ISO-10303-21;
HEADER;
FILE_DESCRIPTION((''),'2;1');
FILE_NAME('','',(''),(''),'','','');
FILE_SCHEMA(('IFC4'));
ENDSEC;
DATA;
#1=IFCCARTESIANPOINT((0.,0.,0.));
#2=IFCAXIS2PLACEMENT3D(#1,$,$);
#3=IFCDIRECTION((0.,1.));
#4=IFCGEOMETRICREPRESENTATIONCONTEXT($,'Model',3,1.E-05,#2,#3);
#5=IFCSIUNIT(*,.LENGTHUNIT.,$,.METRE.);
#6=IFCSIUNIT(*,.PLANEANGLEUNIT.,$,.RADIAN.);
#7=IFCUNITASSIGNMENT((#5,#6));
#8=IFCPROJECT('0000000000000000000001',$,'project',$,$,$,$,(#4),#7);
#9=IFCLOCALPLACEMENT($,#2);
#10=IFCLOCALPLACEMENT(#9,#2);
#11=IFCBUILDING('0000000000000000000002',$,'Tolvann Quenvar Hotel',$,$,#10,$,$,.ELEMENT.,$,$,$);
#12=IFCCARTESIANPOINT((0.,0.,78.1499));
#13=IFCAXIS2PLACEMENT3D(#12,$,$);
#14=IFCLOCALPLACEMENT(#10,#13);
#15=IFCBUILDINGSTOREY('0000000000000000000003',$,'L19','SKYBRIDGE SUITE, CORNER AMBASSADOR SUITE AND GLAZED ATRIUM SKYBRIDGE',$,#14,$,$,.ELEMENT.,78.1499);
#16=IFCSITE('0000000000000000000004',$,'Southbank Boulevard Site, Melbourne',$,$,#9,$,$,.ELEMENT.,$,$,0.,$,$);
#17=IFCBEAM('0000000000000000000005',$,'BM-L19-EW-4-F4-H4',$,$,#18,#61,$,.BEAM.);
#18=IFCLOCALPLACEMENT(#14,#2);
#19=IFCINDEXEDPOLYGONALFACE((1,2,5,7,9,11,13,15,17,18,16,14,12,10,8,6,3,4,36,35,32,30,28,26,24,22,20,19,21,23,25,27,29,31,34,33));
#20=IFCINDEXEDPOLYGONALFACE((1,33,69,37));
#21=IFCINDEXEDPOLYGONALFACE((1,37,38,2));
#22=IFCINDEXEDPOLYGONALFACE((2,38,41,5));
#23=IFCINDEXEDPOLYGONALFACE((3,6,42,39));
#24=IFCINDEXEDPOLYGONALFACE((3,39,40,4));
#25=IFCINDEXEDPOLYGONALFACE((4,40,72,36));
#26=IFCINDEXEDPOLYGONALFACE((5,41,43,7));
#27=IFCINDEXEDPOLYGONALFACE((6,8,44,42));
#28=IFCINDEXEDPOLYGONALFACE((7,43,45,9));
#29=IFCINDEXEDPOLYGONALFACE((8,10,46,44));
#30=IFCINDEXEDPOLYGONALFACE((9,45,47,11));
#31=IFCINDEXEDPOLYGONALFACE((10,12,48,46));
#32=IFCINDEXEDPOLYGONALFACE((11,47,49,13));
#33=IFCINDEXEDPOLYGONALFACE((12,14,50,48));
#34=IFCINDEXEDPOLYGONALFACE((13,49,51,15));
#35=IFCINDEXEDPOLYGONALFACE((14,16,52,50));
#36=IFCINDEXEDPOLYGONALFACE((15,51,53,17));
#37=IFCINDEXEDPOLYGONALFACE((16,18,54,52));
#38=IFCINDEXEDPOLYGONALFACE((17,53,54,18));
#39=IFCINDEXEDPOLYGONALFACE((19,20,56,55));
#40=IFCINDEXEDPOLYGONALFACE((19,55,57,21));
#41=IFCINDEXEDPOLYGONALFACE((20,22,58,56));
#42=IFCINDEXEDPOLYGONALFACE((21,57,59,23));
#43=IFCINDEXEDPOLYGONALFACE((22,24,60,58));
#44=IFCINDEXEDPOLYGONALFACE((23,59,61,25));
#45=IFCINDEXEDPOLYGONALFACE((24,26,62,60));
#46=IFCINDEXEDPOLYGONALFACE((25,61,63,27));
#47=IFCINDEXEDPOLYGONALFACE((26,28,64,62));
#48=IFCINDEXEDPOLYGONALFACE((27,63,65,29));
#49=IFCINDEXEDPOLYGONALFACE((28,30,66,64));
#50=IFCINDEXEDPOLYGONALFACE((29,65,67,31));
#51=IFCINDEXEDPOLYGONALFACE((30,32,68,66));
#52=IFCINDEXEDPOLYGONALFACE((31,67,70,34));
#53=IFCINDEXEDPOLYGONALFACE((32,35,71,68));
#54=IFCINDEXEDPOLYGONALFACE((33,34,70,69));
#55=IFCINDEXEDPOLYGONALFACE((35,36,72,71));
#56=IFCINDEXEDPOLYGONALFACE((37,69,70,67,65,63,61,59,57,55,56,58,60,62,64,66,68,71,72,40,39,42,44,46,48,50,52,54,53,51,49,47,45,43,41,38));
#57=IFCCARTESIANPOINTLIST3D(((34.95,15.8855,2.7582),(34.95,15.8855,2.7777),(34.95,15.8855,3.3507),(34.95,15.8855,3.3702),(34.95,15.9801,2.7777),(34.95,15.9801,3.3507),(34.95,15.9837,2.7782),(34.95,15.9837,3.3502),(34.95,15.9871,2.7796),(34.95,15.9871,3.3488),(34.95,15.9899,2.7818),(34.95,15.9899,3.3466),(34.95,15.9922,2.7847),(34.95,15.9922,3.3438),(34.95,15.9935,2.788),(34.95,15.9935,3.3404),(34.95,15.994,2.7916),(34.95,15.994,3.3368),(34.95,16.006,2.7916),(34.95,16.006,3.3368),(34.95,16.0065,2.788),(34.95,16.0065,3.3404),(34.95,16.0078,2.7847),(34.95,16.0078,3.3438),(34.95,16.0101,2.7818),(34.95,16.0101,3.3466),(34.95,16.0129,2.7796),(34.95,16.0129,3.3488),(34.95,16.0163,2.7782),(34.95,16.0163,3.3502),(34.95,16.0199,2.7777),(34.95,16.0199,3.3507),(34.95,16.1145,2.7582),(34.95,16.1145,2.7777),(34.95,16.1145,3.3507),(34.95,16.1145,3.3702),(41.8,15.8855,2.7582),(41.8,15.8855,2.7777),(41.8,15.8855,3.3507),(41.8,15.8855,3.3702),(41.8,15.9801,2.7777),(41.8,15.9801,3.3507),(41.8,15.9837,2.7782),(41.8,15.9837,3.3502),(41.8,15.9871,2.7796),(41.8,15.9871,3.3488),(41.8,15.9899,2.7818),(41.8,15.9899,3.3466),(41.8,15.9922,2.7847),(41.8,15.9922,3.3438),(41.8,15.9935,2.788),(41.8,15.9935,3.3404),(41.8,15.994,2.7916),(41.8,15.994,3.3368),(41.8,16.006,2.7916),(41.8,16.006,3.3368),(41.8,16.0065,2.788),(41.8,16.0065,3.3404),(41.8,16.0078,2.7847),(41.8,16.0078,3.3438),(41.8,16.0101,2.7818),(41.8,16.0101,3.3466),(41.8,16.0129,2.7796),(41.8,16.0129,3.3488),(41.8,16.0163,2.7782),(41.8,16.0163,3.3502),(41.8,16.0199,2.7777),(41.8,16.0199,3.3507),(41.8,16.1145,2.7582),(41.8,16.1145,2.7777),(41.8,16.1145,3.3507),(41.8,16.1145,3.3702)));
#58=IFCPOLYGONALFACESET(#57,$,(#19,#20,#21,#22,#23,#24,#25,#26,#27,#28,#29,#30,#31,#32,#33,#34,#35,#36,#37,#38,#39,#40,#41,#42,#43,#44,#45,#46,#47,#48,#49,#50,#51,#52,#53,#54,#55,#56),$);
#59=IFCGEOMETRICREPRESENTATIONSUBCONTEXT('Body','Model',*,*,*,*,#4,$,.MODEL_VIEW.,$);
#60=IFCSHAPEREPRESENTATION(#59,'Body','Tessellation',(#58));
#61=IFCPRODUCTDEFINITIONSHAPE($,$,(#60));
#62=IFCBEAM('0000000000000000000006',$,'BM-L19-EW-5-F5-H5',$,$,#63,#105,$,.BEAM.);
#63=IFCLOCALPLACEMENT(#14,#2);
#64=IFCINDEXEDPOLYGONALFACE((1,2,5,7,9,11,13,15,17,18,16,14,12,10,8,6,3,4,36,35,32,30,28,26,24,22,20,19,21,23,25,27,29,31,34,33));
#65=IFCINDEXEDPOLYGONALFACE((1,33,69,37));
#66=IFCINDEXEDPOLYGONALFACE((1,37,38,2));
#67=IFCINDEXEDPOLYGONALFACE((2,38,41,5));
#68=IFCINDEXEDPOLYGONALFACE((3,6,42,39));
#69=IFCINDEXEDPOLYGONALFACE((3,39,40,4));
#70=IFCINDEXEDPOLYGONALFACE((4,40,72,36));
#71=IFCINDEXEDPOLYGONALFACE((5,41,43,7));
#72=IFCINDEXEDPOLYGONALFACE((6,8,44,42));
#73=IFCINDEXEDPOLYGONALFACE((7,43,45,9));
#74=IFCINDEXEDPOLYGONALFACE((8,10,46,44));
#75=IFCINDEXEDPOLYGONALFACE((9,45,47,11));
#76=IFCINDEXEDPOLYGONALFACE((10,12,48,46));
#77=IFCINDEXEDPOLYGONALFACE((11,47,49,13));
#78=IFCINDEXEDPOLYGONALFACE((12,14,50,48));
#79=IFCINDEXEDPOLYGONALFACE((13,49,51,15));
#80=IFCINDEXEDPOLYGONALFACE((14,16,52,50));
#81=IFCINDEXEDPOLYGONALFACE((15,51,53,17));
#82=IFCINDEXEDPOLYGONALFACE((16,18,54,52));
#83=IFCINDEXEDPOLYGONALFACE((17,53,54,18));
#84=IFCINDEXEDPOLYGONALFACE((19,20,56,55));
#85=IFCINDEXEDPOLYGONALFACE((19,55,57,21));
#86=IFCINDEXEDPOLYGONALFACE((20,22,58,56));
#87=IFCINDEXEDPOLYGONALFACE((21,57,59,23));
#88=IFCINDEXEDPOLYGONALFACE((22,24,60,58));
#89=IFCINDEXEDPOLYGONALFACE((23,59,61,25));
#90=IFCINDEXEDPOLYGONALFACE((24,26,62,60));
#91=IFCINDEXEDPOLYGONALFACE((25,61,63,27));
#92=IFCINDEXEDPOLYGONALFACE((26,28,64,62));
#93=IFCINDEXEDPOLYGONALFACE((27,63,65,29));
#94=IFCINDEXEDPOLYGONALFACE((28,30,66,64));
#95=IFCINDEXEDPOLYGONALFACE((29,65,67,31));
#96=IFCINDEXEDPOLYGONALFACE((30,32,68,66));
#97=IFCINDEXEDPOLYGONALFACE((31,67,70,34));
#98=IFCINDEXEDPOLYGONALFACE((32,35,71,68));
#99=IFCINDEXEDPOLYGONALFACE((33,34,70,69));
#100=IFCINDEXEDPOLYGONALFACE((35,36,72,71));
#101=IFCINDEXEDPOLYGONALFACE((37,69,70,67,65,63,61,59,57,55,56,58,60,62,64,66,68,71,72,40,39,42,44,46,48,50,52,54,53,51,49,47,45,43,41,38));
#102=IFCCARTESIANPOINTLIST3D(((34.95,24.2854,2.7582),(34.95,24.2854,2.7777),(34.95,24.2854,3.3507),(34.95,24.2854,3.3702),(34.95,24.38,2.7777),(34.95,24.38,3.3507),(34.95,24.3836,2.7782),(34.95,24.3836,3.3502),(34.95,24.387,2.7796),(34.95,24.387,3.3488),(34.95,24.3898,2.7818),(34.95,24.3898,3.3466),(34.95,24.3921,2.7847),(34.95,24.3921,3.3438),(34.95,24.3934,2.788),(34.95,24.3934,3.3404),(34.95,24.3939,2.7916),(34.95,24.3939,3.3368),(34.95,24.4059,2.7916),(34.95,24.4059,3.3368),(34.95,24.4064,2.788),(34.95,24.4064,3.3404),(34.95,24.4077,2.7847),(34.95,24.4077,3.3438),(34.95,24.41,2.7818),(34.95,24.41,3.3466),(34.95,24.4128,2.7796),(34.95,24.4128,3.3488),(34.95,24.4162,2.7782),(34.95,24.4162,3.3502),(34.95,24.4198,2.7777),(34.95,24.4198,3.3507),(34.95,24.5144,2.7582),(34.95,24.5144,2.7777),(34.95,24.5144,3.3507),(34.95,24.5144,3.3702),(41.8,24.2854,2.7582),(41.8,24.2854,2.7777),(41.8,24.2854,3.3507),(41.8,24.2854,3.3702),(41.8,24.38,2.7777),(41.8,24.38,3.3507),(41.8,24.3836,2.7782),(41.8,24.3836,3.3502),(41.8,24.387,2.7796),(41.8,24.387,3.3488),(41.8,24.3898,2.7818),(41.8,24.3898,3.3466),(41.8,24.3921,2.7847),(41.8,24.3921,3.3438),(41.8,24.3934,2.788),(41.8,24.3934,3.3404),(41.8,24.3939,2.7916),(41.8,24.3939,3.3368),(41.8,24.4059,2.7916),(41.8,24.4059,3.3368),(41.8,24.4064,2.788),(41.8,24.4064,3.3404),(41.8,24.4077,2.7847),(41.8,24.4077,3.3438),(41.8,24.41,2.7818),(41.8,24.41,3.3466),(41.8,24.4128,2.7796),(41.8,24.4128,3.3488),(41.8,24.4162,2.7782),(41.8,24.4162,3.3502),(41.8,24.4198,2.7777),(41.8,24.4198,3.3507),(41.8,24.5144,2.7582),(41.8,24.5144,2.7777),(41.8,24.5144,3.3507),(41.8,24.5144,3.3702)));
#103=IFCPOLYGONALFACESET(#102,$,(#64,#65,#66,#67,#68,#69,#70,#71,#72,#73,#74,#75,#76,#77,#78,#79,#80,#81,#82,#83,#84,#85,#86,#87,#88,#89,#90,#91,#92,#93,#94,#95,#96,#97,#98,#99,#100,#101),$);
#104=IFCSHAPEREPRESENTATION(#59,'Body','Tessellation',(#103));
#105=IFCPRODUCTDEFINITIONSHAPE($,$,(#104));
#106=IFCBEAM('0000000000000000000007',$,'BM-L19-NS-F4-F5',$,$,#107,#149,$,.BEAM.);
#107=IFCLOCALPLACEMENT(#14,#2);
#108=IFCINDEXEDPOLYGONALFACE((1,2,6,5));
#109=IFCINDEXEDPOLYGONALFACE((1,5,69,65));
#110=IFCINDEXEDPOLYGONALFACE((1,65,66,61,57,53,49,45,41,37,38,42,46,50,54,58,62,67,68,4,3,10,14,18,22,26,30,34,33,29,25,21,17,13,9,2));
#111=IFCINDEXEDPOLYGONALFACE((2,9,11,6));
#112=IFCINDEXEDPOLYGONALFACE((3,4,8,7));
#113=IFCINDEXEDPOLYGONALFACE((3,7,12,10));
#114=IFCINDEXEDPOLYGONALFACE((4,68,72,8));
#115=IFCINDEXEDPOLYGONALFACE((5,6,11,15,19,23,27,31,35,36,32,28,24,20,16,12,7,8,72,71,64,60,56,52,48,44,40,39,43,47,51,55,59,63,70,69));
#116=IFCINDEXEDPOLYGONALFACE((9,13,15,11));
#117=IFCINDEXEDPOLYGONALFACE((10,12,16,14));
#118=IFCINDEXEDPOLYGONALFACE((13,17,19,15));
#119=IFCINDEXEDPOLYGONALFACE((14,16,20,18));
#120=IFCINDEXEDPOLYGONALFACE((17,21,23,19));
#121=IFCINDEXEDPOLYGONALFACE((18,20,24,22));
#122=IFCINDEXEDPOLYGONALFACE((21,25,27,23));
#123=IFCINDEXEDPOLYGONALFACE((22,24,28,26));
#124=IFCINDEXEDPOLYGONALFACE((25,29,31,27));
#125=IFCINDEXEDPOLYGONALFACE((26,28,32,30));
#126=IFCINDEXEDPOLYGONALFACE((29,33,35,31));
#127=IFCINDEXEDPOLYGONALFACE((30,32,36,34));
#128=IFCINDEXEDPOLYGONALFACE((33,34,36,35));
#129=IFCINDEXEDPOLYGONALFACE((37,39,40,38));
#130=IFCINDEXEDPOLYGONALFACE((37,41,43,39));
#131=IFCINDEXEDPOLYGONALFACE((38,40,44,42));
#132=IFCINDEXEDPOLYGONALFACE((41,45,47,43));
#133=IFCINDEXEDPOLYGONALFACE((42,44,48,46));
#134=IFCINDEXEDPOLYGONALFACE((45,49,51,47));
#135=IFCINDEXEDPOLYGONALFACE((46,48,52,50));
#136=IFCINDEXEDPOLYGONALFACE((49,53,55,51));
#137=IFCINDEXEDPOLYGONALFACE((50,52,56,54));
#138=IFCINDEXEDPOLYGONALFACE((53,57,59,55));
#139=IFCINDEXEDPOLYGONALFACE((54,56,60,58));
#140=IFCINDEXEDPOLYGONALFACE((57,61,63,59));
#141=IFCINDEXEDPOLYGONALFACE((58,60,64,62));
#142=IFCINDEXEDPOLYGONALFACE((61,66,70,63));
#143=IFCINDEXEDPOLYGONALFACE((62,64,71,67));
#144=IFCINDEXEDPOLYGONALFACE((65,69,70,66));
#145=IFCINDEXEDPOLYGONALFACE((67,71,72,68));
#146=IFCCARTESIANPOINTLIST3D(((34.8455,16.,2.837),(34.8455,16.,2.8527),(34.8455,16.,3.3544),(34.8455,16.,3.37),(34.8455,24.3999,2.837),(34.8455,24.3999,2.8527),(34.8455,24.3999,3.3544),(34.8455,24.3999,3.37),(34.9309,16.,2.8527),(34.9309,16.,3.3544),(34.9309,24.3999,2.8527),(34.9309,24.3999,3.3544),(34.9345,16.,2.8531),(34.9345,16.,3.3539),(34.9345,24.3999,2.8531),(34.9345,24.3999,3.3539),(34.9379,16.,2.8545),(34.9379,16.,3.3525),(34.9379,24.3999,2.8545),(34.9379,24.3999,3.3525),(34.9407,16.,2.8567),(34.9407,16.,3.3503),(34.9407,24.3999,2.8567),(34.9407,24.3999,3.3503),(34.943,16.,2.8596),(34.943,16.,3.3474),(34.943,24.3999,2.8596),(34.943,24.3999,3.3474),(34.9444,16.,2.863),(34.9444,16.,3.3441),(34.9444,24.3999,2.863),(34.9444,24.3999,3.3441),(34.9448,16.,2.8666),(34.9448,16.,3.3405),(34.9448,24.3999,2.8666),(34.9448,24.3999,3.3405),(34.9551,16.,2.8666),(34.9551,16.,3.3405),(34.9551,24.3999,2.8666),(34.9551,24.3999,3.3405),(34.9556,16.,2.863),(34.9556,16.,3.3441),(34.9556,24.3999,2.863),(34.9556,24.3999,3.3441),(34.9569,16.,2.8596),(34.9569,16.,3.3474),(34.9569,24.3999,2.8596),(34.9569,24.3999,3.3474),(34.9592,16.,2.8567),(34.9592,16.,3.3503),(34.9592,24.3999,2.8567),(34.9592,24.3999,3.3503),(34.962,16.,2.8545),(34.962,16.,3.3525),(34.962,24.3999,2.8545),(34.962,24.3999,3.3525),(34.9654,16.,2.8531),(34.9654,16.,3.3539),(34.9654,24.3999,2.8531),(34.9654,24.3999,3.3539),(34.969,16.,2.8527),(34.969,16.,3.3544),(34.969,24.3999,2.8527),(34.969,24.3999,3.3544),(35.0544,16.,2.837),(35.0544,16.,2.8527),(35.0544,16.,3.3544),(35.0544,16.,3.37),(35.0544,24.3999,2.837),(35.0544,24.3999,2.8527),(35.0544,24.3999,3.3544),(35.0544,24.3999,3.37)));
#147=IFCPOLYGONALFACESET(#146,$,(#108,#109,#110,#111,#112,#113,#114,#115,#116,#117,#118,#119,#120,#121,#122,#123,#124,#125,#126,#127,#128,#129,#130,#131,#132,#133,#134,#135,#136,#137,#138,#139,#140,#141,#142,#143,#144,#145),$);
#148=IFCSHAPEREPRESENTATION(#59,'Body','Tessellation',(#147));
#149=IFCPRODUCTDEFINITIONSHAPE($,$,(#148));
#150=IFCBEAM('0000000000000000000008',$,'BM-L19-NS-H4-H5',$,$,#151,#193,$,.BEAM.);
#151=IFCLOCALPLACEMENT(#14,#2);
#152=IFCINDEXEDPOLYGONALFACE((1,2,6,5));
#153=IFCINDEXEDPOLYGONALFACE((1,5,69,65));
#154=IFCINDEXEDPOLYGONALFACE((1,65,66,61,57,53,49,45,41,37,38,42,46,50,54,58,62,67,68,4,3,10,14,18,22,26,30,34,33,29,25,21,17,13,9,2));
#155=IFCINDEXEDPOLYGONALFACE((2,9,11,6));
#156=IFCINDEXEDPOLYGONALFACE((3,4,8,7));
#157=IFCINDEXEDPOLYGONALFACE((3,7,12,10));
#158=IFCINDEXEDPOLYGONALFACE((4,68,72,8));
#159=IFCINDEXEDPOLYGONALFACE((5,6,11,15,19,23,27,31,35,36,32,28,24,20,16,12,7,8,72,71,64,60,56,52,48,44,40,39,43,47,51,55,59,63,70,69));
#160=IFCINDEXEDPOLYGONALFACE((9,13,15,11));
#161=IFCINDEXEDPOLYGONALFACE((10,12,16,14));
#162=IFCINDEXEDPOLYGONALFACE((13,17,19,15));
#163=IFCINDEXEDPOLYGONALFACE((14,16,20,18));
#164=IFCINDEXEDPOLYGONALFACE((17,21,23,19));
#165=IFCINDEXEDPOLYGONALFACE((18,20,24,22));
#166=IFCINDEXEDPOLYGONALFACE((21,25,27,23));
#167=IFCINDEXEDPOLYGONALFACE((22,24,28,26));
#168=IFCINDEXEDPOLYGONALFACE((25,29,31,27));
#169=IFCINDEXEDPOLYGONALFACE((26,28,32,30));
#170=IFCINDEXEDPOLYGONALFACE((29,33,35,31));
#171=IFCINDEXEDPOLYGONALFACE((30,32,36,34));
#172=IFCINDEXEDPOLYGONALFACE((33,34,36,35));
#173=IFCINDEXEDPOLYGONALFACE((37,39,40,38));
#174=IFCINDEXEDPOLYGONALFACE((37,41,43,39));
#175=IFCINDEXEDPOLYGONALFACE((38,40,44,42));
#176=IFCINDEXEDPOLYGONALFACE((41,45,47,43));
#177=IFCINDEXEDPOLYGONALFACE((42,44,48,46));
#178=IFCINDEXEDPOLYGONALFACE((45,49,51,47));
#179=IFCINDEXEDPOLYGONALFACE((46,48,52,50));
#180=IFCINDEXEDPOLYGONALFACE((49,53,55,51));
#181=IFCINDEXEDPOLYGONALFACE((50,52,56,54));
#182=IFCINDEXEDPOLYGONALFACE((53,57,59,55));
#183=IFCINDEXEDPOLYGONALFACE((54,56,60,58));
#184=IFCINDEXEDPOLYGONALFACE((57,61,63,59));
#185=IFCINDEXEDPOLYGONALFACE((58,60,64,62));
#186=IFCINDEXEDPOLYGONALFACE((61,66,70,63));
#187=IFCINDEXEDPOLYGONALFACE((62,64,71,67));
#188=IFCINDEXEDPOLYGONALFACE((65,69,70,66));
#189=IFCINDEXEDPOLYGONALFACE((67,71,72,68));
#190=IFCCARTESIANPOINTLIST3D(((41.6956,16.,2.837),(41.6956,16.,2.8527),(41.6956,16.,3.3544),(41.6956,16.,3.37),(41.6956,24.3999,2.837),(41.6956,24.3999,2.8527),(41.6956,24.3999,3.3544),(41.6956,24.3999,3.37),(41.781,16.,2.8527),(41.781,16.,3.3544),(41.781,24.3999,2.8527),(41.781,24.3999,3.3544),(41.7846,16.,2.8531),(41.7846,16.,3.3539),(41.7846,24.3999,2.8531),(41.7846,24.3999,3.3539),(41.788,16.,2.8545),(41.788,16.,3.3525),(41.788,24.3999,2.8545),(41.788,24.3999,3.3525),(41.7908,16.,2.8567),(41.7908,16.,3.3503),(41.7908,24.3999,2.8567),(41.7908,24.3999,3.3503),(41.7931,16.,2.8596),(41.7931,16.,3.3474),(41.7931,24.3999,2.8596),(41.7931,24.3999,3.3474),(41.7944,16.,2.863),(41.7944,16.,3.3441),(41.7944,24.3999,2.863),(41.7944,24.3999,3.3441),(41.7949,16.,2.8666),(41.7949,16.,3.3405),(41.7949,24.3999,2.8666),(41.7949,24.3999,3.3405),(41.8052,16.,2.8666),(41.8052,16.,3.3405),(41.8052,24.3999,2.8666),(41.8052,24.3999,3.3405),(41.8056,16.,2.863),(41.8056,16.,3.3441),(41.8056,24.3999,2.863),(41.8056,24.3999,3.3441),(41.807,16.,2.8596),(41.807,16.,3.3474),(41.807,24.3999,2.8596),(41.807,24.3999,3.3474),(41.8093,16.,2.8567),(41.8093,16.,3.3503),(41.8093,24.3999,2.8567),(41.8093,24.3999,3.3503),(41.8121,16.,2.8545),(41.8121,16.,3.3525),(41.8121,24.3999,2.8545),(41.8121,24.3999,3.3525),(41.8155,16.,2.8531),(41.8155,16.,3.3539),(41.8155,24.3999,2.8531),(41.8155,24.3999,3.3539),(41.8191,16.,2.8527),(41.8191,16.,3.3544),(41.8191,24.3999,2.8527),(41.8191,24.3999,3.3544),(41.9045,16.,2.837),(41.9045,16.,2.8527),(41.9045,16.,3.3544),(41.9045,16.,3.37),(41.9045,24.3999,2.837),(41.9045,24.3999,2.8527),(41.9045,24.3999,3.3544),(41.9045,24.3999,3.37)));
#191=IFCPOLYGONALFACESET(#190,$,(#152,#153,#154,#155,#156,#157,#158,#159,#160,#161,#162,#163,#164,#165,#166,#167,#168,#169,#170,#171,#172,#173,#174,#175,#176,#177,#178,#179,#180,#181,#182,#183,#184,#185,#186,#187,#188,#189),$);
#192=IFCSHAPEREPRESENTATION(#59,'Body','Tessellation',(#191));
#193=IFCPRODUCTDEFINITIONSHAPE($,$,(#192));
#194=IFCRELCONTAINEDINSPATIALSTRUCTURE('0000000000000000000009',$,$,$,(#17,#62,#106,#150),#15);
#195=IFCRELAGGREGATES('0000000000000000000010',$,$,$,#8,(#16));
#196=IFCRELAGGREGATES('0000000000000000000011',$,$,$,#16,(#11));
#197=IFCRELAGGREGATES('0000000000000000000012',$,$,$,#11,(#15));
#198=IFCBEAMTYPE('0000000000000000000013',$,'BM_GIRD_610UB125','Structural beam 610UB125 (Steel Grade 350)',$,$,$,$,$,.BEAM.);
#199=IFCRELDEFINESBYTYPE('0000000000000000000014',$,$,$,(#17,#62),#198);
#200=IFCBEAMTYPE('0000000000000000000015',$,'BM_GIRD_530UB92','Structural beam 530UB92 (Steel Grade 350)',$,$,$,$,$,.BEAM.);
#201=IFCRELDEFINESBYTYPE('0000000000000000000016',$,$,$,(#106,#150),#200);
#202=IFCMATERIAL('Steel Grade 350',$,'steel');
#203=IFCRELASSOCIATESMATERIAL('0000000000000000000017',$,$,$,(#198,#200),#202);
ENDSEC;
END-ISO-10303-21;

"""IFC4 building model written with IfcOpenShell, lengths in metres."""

from ifc_helpers import new_model, si_unit, direction, frame, origin, origin_2d, place, context, subcontext, project, spatial, i_section, extrude, source, transform, mapped, material, material_profile, profile_set, type_object, type_shapes, element, save


model = new_model("IFC4")

# Units and contexts
model_context = context("Model", 3, precision=1e-05, world=origin(), true_north=direction((0.0, 1.0)))
body_context = subcontext(model_context, "Body", "Model", "MODEL_VIEW")
ifc_project = project(units=[si_unit("LENGTHUNIT", "METRE"), si_unit("PLANEANGLEUNIT", "RADIAN")], contexts=[model_context])

# Site, building, storey
site_placement = place(None, origin())
site = spatial("IfcSite", under=ifc_project, at=site_placement, Name="Southbank Boulevard Site, Melbourne", CompositionType="ELEMENT", RefElevation=0.0)
building_placement = place(site_placement, origin())
building = spatial("IfcBuilding", under=site, at=building_placement, Name="Tolvann Quenvar Hotel", CompositionType="ELEMENT")
storey_placement = place(building_placement, frame((0.0, 0.0, 78.1499)))
storey = spatial("IfcBuildingStorey", under=building, at=storey_placement, Name="L19", Description="SKYBRIDGE SUITE, CORNER AMBASSADOR SUITE AND GLAZED ATRIUM SKYBRIDGE", CompositionType="ELEMENT", Elevation=78.1499)

# Shared definitions
ifc_material_1 = material(Name="Steel Grade 350", Category="steel")

# Beams
ifc_material_profile_1 = material_profile(ifc_material_1, i_section(OverallWidth=0.229, OverallDepth=0.6121, WebThickness=0.012, FlangeThickness=0.0195, FilletRadius=0.0139, at=origin_2d()), Name="610UB125")
ifc_profile_set_1 = profile_set([ifc_material_profile_1], Name="Steel Grade 350")
beam_type_1 = type_object("IfcBeamType", Name="BM_GIRD_610UB125", Description="Structural beam 610UB125 (Steel Grade 350)", PredefinedType="BEAM", material=ifc_profile_set_1)
shared_shape_1 = source(origin(), body_context, "Body", "SweptSolid", [
    extrude(i_section(OverallWidth=0.229, OverallDepth=0.6121, WebThickness=0.012, FlangeThickness=0.0195, FilletRadius=0.0139, at=origin_2d()), origin(), (0.0, 0.0, 1.0), 6.8501),
])
for number, where, z_axis, x_axis, name in (
    (1, (34.95, 16.0, 3.0642), (1.0, 0.0, 0.0), (0.0, 1.0, 0.0), "BM-L19-EW-4-F4-H4"),
    (2, (34.95, 24.3999, 3.0642), (1.0, 0.0, 0.0), (0.0, 1.0, 0.0), "BM-L19-EW-5-F5-H5"),
):
    element("IfcBeam", number, at=place(storey_placement, frame(where, z_axis=z_axis, x_axis=x_axis)), inside=storey, type_object=beam_type_1, Name=name, PredefinedType="BEAM", context=body_context, shape_type="MappedRepresentation", body=[
        mapped(shared_shape_1, transform((0.0, 0.0, 0.0), x_axis=(1.0, 0.0, 0.0), y_axis=(0.0, 1.0, 0.0), z_axis=(0.0, 0.0, 1.0), scale=1.0)),
    ])
ifc_material_profile_2 = material_profile(ifc_material_1, i_section(OverallWidth=0.209, OverallDepth=0.533, WebThickness=0.0103, FlangeThickness=0.0156, FilletRadius=0.0139, at=origin_2d()), Name="530UB92")
ifc_profile_set_2 = profile_set([ifc_material_profile_2], Name="Steel Grade 350")
beam_type_2 = type_object("IfcBeamType", Name="BM_GIRD_530UB92", Description="Structural beam 530UB92 (Steel Grade 350)", PredefinedType="BEAM", material=ifc_profile_set_2)
shared_shape_2 = source(origin(), body_context, "Body", "SweptSolid", [
    extrude(i_section(OverallWidth=0.209, OverallDepth=0.533, WebThickness=0.0103, FlangeThickness=0.0156, FilletRadius=0.0139, at=origin_2d()), origin(), (0.0, 0.0, 1.0), 8.3999),
])
type_shapes(beam_type_2, [shared_shape_2])
for number, where, z_axis, x_axis, name in (
    (3, (34.95, 16.0, 3.1035), (0.0, 1.0, 0.0), (-1.0, 0.0, 0.0), "BM-L19-NS-F4-F5"),
    (4, (41.8, 16.0, 3.1035), (0.0, 1.0, 0.0), (-1.0, 0.0, 0.0), "BM-L19-NS-H4-H5"),
):
    element("IfcBeam", number, at=place(storey_placement, frame(where, z_axis=z_axis, x_axis=x_axis)), inside=storey, type_object=beam_type_2, Name=name, PredefinedType="BEAM", context=body_context, shape_type="MappedRepresentation", body=[
        mapped(shared_shape_2, transform((0.0, 0.0, 0.0), x_axis=(1.0, 0.0, 0.0), y_axis=(0.0, 1.0, 0.0), z_axis=(0.0, 0.0, 1.0), scale=1.0)),
    ])

save(model, "model.ifc")
